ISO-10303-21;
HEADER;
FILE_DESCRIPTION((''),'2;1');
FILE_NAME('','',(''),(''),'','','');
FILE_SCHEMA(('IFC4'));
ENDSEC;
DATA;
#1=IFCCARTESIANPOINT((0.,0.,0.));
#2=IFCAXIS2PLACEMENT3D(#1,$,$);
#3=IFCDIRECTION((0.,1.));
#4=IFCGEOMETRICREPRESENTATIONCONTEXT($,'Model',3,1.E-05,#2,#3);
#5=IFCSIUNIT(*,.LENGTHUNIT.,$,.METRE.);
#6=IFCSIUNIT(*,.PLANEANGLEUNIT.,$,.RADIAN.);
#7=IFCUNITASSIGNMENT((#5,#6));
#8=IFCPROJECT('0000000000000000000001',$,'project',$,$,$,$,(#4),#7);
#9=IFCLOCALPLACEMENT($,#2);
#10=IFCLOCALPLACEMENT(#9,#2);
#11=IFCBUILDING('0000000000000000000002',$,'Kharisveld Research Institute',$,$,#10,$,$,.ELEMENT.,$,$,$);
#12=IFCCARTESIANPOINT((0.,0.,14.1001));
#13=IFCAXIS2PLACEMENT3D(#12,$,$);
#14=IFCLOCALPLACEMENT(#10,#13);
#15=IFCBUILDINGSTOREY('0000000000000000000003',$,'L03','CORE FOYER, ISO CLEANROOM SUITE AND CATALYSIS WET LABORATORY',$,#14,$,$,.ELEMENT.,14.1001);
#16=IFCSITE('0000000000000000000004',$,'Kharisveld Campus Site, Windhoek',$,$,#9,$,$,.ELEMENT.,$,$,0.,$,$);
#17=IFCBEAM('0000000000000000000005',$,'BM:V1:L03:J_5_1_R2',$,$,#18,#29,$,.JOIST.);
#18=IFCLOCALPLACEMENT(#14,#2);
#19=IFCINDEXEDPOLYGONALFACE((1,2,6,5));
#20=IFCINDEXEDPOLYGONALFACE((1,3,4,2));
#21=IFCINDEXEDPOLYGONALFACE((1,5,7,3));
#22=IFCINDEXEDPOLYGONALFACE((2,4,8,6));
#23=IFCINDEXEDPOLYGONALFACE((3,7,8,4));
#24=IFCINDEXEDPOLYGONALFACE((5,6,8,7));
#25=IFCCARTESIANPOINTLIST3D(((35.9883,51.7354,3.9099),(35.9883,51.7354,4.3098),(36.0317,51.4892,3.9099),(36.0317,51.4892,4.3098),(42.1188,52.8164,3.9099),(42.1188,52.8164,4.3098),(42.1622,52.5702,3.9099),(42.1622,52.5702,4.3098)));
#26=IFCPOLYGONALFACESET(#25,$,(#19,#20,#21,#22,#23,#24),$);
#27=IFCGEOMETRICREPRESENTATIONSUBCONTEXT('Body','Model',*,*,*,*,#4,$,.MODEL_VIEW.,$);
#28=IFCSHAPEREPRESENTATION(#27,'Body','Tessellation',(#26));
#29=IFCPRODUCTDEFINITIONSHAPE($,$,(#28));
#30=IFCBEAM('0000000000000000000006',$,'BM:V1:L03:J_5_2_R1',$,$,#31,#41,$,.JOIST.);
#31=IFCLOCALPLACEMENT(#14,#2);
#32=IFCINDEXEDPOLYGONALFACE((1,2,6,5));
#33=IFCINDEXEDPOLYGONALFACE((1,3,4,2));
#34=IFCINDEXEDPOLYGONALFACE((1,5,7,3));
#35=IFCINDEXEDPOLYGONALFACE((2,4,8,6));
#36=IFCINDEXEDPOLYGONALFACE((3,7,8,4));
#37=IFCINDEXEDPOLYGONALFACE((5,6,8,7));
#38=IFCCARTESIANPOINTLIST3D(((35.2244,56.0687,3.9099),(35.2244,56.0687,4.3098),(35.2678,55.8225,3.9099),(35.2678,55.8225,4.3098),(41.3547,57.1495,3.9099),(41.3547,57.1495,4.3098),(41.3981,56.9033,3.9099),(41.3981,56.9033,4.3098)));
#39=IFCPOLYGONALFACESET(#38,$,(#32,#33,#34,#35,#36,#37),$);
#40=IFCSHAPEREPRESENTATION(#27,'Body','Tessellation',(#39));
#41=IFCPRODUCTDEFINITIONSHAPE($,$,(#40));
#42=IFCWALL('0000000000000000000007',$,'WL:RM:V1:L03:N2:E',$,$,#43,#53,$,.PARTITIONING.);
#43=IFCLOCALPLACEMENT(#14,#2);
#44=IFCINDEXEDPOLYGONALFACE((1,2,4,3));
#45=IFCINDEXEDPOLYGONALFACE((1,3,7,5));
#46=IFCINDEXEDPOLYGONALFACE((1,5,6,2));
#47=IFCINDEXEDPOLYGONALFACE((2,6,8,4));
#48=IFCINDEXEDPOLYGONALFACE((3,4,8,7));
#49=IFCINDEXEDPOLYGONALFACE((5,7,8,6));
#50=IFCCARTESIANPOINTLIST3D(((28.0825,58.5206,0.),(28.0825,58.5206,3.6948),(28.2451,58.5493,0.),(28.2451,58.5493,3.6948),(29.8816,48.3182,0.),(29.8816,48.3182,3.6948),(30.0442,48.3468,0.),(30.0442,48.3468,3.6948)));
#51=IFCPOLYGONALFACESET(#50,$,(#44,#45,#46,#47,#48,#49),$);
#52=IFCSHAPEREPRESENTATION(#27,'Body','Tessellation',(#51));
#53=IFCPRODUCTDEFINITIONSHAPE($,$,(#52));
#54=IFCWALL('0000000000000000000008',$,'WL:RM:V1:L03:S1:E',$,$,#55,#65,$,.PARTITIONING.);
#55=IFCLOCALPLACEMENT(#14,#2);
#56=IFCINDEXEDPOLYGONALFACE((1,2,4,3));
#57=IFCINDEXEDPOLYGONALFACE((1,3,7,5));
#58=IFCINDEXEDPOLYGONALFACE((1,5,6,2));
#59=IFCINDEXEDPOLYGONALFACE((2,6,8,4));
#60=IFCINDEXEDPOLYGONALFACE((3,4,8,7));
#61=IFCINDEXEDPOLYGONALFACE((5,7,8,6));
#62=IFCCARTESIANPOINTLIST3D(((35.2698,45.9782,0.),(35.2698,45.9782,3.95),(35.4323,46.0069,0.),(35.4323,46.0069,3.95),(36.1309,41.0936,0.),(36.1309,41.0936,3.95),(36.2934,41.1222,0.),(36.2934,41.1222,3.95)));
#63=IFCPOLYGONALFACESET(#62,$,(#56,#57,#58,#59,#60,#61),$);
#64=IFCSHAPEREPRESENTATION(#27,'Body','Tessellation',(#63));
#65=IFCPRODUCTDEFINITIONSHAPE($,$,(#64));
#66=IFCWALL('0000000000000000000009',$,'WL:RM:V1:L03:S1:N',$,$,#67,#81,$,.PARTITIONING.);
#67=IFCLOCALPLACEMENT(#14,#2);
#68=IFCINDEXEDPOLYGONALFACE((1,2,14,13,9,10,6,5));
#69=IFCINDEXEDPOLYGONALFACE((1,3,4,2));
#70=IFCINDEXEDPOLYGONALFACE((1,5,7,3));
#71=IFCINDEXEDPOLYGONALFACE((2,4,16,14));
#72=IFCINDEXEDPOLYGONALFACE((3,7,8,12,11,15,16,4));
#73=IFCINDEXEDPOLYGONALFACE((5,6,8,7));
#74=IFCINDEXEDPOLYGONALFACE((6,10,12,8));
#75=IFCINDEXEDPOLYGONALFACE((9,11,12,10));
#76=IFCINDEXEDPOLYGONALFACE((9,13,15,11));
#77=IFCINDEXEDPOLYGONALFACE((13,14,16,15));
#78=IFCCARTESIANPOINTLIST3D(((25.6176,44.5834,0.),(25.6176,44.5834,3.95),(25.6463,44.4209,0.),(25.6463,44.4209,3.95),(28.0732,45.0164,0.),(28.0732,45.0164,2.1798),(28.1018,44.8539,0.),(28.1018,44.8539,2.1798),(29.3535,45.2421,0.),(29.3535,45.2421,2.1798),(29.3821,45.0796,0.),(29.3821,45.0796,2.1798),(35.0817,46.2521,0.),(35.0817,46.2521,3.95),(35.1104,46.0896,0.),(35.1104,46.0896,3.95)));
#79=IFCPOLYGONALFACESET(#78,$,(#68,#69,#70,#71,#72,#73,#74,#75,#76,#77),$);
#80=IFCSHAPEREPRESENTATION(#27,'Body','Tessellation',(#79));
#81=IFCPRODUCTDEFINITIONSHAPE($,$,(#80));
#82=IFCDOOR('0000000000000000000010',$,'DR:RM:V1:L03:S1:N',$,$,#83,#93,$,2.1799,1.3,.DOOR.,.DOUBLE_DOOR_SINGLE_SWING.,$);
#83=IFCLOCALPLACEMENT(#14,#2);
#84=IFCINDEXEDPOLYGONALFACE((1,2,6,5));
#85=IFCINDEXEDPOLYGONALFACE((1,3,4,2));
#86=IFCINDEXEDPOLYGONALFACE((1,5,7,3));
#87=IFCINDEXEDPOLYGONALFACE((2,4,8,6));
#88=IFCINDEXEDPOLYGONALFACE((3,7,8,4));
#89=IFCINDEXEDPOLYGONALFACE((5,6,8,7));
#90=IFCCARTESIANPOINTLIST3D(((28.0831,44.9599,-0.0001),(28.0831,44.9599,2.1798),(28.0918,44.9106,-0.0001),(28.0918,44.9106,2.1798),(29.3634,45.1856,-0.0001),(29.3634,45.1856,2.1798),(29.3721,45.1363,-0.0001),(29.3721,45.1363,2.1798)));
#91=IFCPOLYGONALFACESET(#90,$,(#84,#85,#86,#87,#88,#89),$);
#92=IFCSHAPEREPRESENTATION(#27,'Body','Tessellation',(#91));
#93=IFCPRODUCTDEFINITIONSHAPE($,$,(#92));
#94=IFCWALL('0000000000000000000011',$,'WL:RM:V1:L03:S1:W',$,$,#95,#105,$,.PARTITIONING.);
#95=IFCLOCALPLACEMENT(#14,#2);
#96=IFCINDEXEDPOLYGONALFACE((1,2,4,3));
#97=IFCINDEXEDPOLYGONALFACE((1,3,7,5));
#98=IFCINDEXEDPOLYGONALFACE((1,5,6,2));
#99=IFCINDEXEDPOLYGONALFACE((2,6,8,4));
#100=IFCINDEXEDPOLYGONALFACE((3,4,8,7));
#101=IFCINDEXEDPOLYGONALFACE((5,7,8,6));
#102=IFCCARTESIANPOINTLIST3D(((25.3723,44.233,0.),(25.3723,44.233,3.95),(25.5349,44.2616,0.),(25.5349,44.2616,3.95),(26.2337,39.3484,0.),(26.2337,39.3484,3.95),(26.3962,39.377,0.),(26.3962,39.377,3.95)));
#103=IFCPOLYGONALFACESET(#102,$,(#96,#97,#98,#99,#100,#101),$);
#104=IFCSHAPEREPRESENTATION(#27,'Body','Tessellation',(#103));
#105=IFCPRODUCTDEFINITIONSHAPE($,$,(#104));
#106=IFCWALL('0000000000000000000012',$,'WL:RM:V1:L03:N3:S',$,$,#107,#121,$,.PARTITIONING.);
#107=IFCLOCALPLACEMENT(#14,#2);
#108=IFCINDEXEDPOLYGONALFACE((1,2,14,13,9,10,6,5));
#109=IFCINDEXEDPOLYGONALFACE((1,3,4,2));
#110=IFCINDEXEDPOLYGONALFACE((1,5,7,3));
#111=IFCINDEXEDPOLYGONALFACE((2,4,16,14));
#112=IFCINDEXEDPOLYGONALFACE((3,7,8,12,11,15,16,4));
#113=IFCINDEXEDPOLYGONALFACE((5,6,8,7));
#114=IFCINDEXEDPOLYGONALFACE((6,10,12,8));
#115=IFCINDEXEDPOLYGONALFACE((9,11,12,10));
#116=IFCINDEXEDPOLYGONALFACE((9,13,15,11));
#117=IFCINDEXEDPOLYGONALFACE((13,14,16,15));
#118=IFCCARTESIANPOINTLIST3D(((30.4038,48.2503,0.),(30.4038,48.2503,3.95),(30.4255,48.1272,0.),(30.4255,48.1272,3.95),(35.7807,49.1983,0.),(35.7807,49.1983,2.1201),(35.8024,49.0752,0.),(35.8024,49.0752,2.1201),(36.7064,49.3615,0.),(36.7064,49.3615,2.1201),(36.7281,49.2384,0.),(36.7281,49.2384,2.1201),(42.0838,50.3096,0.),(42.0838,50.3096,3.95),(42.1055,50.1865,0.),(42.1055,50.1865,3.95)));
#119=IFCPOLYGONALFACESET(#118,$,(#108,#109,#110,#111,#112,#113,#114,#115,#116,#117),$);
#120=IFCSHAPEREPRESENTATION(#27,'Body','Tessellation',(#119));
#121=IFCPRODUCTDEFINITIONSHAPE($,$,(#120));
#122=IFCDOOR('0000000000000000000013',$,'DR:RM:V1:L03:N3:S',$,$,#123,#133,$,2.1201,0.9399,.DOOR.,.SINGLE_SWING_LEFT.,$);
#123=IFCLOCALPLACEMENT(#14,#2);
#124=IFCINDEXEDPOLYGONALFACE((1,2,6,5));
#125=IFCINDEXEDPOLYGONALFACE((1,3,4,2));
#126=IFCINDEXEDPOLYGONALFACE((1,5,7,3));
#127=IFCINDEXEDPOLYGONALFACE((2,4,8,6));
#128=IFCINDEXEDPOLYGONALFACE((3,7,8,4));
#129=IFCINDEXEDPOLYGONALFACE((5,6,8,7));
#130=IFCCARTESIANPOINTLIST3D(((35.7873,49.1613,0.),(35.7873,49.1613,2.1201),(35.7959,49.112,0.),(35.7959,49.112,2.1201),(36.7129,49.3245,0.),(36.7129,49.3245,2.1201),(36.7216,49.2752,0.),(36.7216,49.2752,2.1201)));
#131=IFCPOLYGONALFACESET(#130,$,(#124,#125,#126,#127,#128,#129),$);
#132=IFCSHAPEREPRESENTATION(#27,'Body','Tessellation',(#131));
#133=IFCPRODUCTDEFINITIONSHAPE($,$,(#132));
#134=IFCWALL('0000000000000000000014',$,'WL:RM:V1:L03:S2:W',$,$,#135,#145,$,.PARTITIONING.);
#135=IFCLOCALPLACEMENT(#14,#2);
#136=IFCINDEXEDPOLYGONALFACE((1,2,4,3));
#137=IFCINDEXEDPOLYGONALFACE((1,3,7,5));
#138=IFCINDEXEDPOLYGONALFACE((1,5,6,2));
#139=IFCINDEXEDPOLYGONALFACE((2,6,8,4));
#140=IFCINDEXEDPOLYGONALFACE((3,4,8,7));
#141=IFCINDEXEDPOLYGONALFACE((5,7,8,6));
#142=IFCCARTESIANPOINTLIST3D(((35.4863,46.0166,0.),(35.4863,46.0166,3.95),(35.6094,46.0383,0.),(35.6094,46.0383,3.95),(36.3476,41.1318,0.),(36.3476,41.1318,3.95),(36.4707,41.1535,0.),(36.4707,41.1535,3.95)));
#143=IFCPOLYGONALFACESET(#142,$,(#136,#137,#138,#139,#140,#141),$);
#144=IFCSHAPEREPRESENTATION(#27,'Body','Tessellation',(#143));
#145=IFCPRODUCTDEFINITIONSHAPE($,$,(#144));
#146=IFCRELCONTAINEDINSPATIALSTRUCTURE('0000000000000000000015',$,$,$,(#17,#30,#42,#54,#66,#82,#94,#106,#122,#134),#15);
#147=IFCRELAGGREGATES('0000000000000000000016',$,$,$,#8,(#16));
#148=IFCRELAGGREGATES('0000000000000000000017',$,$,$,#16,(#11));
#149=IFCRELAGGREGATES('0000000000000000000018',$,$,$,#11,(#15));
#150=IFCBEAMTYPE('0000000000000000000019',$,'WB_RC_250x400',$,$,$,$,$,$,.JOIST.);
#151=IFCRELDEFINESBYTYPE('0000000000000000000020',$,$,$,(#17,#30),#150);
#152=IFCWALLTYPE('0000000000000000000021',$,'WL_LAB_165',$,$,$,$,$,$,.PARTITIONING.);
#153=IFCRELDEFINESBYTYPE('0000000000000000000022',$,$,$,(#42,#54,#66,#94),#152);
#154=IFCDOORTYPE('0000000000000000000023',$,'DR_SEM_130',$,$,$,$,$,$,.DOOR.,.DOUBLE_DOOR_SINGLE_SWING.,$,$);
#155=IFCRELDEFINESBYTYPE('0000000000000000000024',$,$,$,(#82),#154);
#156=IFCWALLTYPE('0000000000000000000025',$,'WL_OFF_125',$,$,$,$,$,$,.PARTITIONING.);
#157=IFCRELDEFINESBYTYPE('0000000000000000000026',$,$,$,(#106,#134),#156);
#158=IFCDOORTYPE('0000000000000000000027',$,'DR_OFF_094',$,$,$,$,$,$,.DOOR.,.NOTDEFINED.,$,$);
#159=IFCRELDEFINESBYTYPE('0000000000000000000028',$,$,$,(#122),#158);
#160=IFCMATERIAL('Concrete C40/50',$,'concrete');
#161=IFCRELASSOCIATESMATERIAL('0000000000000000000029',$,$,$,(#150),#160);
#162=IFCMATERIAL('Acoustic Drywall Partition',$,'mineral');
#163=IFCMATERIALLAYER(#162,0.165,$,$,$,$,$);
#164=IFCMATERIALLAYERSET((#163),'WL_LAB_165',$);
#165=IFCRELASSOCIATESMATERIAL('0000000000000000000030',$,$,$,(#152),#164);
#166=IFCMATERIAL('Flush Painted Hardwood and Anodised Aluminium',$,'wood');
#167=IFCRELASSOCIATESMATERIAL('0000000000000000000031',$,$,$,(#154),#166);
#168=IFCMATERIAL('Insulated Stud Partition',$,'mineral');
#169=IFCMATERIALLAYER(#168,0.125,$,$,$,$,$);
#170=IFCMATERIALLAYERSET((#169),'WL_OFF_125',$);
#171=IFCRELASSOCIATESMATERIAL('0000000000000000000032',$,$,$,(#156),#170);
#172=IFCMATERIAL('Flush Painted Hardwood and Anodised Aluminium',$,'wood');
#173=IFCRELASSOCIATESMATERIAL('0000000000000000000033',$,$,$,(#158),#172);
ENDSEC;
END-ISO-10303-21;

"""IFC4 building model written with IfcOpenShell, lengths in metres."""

from ifc_helpers import new_model, si_unit, direction, frame, frame_2d, origin, origin_2d, place, context, subcontext, project, spatial, rectangle, extrude, material, layer, layer_set, material_profile, profile_set, type_object, element, fill, save


model = new_model("IFC4")

# Units and contexts
model_context = context("Model", 3, precision=1e-05, world=origin(), true_north=direction((0.0, 1.0)))
body_context = subcontext(model_context, "Body", "Model", "MODEL_VIEW")
ifc_project = project(units=[si_unit("LENGTHUNIT", "METRE"), si_unit("PLANEANGLEUNIT", "RADIAN")], contexts=[model_context])

# Site, building, storey
site_placement = place(None, origin())
site = spatial("IfcSite", under=ifc_project, at=site_placement, Name="Kharisveld Campus Site, Windhoek", CompositionType="ELEMENT", RefElevation=0.0)
building_placement = place(site_placement, origin())
building = spatial("IfcBuilding", under=site, at=building_placement, Name="Kharisveld Research Institute", CompositionType="ELEMENT")
storey_placement = place(building_placement, frame((0.0, 0.0, 14.1001)))
storey = spatial("IfcBuildingStorey", under=building, at=storey_placement, Name="L03", Description="CORE FOYER, ISO CLEANROOM SUITE AND CATALYSIS WET LABORATORY", CompositionType="ELEMENT", Elevation=14.1001)

# Beams
ifc_material_1 = material(Name="Concrete C40/50", Category="concrete")
ifc_material_profile_1 = material_profile(ifc_material_1, rectangle(XDim=0.25, YDim=0.3999, at=origin_2d()))
ifc_profile_set_1 = profile_set([ifc_material_profile_1], Name="Concrete C40/50")
beam_type_1 = type_object("IfcBeamType", Name="WB_RC_250x400", PredefinedType="JOIST", material=ifc_profile_set_1)
beam_1_placement = place(storey_placement, frame((36.01, 51.6123, 4.1099), z_axis=(0.984806, 0.173658, 0.0), x_axis=(-0.173658, 0.984806, 0.0)))
element("IfcBeam", 1, at=beam_1_placement, inside=storey, type_object=beam_type_1, Name="BM:V1:L03:J_5_1_R2", PredefinedType="JOIST", context=body_context, shape_type="SweptSolid", body=[
    extrude(rectangle(XDim=0.25, YDim=0.3999, at=origin_2d()), origin(), (0.0, 0.0, 1.0), 6.2251),
])
beam_2_placement = place(storey_placement, frame((35.2461, 55.9456, 4.1099), z_axis=(0.984812, 0.173626, 0.0), x_axis=(-0.173626, 0.984812, 0.0)))
element("IfcBeam", 2, at=beam_2_placement, inside=storey, type_object=beam_type_1, Name="BM:V1:L03:J_5_2_R1", PredefinedType="JOIST", context=body_context, shape_type="SweptSolid", body=[
    extrude(rectangle(XDim=0.25, YDim=0.3999, at=origin_2d()), origin(), (0.0, 0.0, 1.0), 6.2249),
])

# Walls
ifc_material_2 = material(Name="Acoustic Drywall Partition", Category="mineral")
ifc_layer_1 = layer(ifc_material_2, 0.165)
ifc_layer_set_1 = layer_set([ifc_layer_1], Name="WL_LAB_165")
wall_type_1 = type_object("IfcWallType", Name="WL_LAB_165", PredefinedType="PARTITIONING", material=ifc_layer_set_1)
wall_1_placement = place(storey_placement, frame((29.9629, 48.3325, 0.0), z_axis=(0.0, 0.0, 1.0), x_axis=(-0.173659, 0.984806, 0.0)))
element("IfcWall", 3, at=wall_1_placement, inside=storey, type_object=wall_type_1, Name="WL:RM:V1:L03:N2:E", PredefinedType="PARTITIONING", context=body_context, shape_type="SweptSolid", body=[
    extrude(rectangle(XDim=10.3599, YDim=0.165, at=frame_2d((5.1799, 0.0))), origin(), (0.0, 0.0, 1.0), 3.6948),
])
wall_2_placement = place(storey_placement, frame((36.2122, 41.1079, 0.0), z_axis=(0.0, 0.0, 1.0), x_axis=(-0.173611, 0.984814, 0.0)))
element("IfcWall", 4, at=wall_2_placement, inside=storey, type_object=wall_type_1, Name="WL:RM:V1:L03:S1:E", PredefinedType="PARTITIONING", context=body_context, shape_type="SweptSolid", body=[
    extrude(rectangle(XDim=4.96, YDim=0.165, at=frame_2d((2.48, 0.0))), origin(), (0.0, 0.0, 1.0), 3.95),
])

# Wall, opening, door
wall_3_placement = place(storey_placement, frame((35.0962, 46.1709, 0.0), z_axis=(0.0, 0.0, 1.0), x_axis=(-0.984809, -0.17364, 0.0)))
wall_3 = element("IfcWall", 5, at=wall_3_placement, inside=storey, type_object=wall_type_1, Name="WL:RM:V1:L03:S1:N", PredefinedType="PARTITIONING", context=body_context, shape_type="SweptSolid", body=[
    extrude(rectangle(XDim=9.6101, YDim=0.165, at=frame_2d((4.8052, 0.0))), origin(), (0.0, 0.0, 1.0), 3.95),
])
opening_1_placement = place(wall_3_placement, frame((5.8169, 0.0, 0.0)))
opening_1 = element("IfcOpeningElement", 6, at=opening_1_placement, cuts=wall_3, PredefinedType="OPENING", context=body_context, shape_type="SweptSolid", body=[
    extrude(rectangle(XDim=1.3, YDim=2.1799, at=frame_2d((0.6499, 1.0898))), frame((0.0, 0.0825, 0.0), z_axis=(0.0, -1.0, 0.0), x_axis=(1.0, 0.0, 0.0)), (0.0, 0.0, 1.0), 0.165),
])
ifc_material_3 = material(Name="Flush Painted Hardwood and Anodised Aluminium", Category="wood")
door_type_1 = type_object("IfcDoorType", Name="DR_SEM_130", OperationType="DOUBLE_DOOR_SINGLE_SWING", PredefinedType="DOOR", material=ifc_material_3)
door_1_placement = place(opening_1_placement, origin())
door_1 = element("IfcDoor", 7, at=door_1_placement, inside=storey, type_object=door_type_1, Name="DR:RM:V1:L03:S1:N", OperationType="DOUBLE_DOOR_SINGLE_SWING", OverallHeight=2.1799, OverallWidth=1.3, PredefinedType="DOOR", context=body_context, shape_type="SweptSolid", body=[
    extrude(rectangle(XDim=1.3, YDim=2.1799, at=frame_2d((0.6499, 1.0898))), frame((0.0, 0.0249, 0.0), z_axis=(0.0, -1.0, 0.0), x_axis=(1.0, 0.0, 0.0)), (0.0, 0.0, 1.0), 0.05),
])
fill(opening_1, door_1)

# Wall
wall_4_placement = place(storey_placement, frame((25.4536, 44.2473, 0.0), z_axis=(0.0, 0.0, 1.0), x_axis=(0.173659, -0.984806, 0.0)))
element("IfcWall", 8, at=wall_4_placement, inside=storey, type_object=wall_type_1, Name="WL:RM:V1:L03:S1:W", PredefinedType="PARTITIONING", context=body_context, shape_type="SweptSolid", body=[
    extrude(rectangle(XDim=4.96, YDim=0.165, at=frame_2d((2.48, 0.0))), origin(), (0.0, 0.0, 1.0), 3.95),
])

# Wall, opening, door
ifc_material_4 = material(Name="Insulated Stud Partition", Category="mineral")
ifc_layer_2 = layer(ifc_material_4, 0.125)
ifc_layer_set_2 = layer_set([ifc_layer_2], Name="WL_OFF_125")
wall_type_2 = type_object("IfcWallType", Name="WL_OFF_125", PredefinedType="PARTITIONING", material=ifc_layer_set_2)
wall_5_placement = place(storey_placement, frame((30.4146, 48.1887, 0.0), z_axis=(0.0, 0.0, 1.0), x_axis=(0.98481, 0.173635, 0.0)))
wall_5 = element("IfcWall", 9, at=wall_5_placement, inside=storey, type_object=wall_type_2, Name="WL:RM:V1:L03:N3:S", PredefinedType="PARTITIONING", context=body_context, shape_type="SweptSolid", body=[
    extrude(rectangle(XDim=11.8601, YDim=0.125, at=frame_2d((5.9302, 0.0))), origin(), (0.0, 0.0, 1.0), 3.95),
])
opening_2_placement = place(wall_5_placement, frame((5.46, 0.0, 0.0)))
opening_2 = element("IfcOpeningElement", 10, at=opening_2_placement, cuts=wall_5, PredefinedType="OPENING", context=body_context, shape_type="SweptSolid", body=[
    extrude(rectangle(XDim=0.9399, YDim=2.1201, at=frame_2d((0.47, 1.0601))), frame((0.0, 0.0625, 0.0), z_axis=(0.0, -1.0, 0.0), x_axis=(1.0, 0.0, 0.0)), (0.0, 0.0, 1.0), 0.125),
])
ifc_material_5 = material(Name="Flush Painted Hardwood and Anodised Aluminium", Category="wood")
door_type_2 = type_object("IfcDoorType", Name="DR_OFF_094", OperationType="NOTDEFINED", PredefinedType="DOOR", material=ifc_material_5)
door_2_placement = place(opening_2_placement, origin())
door_2 = element("IfcDoor", 11, at=door_2_placement, inside=storey, type_object=door_type_2, Name="DR:RM:V1:L03:N3:S", OperationType="SINGLE_SWING_LEFT", OverallHeight=2.1201, OverallWidth=0.9399, PredefinedType="DOOR", context=body_context, shape_type="SweptSolid", body=[
    extrude(rectangle(XDim=0.9399, YDim=2.1201, at=frame_2d((0.47, 1.0601))), frame((0.0, 0.0249, 0.0), z_axis=(0.0, -1.0, 0.0), x_axis=(1.0, 0.0, 0.0)), (0.0, 0.0, 1.0), 0.05),
])
fill(opening_2, door_2)

# Wall
wall_6_placement = place(storey_placement, frame((35.5479, 46.0273, 0.0), z_axis=(0.0, 0.0, 1.0), x_axis=(0.173651, -0.984807, 0.0)))
element("IfcWall", 12, at=wall_6_placement, inside=storey, type_object=wall_type_2, Name="WL:RM:V1:L03:S2:W", PredefinedType="PARTITIONING", context=body_context, shape_type="SweptSolid", body=[
    extrude(rectangle(XDim=4.9602, YDim=0.125, at=frame_2d((2.48, 0.0))), origin(), (0.0, 0.0, 1.0), 3.95),
])

save(model, "model.ifc")
